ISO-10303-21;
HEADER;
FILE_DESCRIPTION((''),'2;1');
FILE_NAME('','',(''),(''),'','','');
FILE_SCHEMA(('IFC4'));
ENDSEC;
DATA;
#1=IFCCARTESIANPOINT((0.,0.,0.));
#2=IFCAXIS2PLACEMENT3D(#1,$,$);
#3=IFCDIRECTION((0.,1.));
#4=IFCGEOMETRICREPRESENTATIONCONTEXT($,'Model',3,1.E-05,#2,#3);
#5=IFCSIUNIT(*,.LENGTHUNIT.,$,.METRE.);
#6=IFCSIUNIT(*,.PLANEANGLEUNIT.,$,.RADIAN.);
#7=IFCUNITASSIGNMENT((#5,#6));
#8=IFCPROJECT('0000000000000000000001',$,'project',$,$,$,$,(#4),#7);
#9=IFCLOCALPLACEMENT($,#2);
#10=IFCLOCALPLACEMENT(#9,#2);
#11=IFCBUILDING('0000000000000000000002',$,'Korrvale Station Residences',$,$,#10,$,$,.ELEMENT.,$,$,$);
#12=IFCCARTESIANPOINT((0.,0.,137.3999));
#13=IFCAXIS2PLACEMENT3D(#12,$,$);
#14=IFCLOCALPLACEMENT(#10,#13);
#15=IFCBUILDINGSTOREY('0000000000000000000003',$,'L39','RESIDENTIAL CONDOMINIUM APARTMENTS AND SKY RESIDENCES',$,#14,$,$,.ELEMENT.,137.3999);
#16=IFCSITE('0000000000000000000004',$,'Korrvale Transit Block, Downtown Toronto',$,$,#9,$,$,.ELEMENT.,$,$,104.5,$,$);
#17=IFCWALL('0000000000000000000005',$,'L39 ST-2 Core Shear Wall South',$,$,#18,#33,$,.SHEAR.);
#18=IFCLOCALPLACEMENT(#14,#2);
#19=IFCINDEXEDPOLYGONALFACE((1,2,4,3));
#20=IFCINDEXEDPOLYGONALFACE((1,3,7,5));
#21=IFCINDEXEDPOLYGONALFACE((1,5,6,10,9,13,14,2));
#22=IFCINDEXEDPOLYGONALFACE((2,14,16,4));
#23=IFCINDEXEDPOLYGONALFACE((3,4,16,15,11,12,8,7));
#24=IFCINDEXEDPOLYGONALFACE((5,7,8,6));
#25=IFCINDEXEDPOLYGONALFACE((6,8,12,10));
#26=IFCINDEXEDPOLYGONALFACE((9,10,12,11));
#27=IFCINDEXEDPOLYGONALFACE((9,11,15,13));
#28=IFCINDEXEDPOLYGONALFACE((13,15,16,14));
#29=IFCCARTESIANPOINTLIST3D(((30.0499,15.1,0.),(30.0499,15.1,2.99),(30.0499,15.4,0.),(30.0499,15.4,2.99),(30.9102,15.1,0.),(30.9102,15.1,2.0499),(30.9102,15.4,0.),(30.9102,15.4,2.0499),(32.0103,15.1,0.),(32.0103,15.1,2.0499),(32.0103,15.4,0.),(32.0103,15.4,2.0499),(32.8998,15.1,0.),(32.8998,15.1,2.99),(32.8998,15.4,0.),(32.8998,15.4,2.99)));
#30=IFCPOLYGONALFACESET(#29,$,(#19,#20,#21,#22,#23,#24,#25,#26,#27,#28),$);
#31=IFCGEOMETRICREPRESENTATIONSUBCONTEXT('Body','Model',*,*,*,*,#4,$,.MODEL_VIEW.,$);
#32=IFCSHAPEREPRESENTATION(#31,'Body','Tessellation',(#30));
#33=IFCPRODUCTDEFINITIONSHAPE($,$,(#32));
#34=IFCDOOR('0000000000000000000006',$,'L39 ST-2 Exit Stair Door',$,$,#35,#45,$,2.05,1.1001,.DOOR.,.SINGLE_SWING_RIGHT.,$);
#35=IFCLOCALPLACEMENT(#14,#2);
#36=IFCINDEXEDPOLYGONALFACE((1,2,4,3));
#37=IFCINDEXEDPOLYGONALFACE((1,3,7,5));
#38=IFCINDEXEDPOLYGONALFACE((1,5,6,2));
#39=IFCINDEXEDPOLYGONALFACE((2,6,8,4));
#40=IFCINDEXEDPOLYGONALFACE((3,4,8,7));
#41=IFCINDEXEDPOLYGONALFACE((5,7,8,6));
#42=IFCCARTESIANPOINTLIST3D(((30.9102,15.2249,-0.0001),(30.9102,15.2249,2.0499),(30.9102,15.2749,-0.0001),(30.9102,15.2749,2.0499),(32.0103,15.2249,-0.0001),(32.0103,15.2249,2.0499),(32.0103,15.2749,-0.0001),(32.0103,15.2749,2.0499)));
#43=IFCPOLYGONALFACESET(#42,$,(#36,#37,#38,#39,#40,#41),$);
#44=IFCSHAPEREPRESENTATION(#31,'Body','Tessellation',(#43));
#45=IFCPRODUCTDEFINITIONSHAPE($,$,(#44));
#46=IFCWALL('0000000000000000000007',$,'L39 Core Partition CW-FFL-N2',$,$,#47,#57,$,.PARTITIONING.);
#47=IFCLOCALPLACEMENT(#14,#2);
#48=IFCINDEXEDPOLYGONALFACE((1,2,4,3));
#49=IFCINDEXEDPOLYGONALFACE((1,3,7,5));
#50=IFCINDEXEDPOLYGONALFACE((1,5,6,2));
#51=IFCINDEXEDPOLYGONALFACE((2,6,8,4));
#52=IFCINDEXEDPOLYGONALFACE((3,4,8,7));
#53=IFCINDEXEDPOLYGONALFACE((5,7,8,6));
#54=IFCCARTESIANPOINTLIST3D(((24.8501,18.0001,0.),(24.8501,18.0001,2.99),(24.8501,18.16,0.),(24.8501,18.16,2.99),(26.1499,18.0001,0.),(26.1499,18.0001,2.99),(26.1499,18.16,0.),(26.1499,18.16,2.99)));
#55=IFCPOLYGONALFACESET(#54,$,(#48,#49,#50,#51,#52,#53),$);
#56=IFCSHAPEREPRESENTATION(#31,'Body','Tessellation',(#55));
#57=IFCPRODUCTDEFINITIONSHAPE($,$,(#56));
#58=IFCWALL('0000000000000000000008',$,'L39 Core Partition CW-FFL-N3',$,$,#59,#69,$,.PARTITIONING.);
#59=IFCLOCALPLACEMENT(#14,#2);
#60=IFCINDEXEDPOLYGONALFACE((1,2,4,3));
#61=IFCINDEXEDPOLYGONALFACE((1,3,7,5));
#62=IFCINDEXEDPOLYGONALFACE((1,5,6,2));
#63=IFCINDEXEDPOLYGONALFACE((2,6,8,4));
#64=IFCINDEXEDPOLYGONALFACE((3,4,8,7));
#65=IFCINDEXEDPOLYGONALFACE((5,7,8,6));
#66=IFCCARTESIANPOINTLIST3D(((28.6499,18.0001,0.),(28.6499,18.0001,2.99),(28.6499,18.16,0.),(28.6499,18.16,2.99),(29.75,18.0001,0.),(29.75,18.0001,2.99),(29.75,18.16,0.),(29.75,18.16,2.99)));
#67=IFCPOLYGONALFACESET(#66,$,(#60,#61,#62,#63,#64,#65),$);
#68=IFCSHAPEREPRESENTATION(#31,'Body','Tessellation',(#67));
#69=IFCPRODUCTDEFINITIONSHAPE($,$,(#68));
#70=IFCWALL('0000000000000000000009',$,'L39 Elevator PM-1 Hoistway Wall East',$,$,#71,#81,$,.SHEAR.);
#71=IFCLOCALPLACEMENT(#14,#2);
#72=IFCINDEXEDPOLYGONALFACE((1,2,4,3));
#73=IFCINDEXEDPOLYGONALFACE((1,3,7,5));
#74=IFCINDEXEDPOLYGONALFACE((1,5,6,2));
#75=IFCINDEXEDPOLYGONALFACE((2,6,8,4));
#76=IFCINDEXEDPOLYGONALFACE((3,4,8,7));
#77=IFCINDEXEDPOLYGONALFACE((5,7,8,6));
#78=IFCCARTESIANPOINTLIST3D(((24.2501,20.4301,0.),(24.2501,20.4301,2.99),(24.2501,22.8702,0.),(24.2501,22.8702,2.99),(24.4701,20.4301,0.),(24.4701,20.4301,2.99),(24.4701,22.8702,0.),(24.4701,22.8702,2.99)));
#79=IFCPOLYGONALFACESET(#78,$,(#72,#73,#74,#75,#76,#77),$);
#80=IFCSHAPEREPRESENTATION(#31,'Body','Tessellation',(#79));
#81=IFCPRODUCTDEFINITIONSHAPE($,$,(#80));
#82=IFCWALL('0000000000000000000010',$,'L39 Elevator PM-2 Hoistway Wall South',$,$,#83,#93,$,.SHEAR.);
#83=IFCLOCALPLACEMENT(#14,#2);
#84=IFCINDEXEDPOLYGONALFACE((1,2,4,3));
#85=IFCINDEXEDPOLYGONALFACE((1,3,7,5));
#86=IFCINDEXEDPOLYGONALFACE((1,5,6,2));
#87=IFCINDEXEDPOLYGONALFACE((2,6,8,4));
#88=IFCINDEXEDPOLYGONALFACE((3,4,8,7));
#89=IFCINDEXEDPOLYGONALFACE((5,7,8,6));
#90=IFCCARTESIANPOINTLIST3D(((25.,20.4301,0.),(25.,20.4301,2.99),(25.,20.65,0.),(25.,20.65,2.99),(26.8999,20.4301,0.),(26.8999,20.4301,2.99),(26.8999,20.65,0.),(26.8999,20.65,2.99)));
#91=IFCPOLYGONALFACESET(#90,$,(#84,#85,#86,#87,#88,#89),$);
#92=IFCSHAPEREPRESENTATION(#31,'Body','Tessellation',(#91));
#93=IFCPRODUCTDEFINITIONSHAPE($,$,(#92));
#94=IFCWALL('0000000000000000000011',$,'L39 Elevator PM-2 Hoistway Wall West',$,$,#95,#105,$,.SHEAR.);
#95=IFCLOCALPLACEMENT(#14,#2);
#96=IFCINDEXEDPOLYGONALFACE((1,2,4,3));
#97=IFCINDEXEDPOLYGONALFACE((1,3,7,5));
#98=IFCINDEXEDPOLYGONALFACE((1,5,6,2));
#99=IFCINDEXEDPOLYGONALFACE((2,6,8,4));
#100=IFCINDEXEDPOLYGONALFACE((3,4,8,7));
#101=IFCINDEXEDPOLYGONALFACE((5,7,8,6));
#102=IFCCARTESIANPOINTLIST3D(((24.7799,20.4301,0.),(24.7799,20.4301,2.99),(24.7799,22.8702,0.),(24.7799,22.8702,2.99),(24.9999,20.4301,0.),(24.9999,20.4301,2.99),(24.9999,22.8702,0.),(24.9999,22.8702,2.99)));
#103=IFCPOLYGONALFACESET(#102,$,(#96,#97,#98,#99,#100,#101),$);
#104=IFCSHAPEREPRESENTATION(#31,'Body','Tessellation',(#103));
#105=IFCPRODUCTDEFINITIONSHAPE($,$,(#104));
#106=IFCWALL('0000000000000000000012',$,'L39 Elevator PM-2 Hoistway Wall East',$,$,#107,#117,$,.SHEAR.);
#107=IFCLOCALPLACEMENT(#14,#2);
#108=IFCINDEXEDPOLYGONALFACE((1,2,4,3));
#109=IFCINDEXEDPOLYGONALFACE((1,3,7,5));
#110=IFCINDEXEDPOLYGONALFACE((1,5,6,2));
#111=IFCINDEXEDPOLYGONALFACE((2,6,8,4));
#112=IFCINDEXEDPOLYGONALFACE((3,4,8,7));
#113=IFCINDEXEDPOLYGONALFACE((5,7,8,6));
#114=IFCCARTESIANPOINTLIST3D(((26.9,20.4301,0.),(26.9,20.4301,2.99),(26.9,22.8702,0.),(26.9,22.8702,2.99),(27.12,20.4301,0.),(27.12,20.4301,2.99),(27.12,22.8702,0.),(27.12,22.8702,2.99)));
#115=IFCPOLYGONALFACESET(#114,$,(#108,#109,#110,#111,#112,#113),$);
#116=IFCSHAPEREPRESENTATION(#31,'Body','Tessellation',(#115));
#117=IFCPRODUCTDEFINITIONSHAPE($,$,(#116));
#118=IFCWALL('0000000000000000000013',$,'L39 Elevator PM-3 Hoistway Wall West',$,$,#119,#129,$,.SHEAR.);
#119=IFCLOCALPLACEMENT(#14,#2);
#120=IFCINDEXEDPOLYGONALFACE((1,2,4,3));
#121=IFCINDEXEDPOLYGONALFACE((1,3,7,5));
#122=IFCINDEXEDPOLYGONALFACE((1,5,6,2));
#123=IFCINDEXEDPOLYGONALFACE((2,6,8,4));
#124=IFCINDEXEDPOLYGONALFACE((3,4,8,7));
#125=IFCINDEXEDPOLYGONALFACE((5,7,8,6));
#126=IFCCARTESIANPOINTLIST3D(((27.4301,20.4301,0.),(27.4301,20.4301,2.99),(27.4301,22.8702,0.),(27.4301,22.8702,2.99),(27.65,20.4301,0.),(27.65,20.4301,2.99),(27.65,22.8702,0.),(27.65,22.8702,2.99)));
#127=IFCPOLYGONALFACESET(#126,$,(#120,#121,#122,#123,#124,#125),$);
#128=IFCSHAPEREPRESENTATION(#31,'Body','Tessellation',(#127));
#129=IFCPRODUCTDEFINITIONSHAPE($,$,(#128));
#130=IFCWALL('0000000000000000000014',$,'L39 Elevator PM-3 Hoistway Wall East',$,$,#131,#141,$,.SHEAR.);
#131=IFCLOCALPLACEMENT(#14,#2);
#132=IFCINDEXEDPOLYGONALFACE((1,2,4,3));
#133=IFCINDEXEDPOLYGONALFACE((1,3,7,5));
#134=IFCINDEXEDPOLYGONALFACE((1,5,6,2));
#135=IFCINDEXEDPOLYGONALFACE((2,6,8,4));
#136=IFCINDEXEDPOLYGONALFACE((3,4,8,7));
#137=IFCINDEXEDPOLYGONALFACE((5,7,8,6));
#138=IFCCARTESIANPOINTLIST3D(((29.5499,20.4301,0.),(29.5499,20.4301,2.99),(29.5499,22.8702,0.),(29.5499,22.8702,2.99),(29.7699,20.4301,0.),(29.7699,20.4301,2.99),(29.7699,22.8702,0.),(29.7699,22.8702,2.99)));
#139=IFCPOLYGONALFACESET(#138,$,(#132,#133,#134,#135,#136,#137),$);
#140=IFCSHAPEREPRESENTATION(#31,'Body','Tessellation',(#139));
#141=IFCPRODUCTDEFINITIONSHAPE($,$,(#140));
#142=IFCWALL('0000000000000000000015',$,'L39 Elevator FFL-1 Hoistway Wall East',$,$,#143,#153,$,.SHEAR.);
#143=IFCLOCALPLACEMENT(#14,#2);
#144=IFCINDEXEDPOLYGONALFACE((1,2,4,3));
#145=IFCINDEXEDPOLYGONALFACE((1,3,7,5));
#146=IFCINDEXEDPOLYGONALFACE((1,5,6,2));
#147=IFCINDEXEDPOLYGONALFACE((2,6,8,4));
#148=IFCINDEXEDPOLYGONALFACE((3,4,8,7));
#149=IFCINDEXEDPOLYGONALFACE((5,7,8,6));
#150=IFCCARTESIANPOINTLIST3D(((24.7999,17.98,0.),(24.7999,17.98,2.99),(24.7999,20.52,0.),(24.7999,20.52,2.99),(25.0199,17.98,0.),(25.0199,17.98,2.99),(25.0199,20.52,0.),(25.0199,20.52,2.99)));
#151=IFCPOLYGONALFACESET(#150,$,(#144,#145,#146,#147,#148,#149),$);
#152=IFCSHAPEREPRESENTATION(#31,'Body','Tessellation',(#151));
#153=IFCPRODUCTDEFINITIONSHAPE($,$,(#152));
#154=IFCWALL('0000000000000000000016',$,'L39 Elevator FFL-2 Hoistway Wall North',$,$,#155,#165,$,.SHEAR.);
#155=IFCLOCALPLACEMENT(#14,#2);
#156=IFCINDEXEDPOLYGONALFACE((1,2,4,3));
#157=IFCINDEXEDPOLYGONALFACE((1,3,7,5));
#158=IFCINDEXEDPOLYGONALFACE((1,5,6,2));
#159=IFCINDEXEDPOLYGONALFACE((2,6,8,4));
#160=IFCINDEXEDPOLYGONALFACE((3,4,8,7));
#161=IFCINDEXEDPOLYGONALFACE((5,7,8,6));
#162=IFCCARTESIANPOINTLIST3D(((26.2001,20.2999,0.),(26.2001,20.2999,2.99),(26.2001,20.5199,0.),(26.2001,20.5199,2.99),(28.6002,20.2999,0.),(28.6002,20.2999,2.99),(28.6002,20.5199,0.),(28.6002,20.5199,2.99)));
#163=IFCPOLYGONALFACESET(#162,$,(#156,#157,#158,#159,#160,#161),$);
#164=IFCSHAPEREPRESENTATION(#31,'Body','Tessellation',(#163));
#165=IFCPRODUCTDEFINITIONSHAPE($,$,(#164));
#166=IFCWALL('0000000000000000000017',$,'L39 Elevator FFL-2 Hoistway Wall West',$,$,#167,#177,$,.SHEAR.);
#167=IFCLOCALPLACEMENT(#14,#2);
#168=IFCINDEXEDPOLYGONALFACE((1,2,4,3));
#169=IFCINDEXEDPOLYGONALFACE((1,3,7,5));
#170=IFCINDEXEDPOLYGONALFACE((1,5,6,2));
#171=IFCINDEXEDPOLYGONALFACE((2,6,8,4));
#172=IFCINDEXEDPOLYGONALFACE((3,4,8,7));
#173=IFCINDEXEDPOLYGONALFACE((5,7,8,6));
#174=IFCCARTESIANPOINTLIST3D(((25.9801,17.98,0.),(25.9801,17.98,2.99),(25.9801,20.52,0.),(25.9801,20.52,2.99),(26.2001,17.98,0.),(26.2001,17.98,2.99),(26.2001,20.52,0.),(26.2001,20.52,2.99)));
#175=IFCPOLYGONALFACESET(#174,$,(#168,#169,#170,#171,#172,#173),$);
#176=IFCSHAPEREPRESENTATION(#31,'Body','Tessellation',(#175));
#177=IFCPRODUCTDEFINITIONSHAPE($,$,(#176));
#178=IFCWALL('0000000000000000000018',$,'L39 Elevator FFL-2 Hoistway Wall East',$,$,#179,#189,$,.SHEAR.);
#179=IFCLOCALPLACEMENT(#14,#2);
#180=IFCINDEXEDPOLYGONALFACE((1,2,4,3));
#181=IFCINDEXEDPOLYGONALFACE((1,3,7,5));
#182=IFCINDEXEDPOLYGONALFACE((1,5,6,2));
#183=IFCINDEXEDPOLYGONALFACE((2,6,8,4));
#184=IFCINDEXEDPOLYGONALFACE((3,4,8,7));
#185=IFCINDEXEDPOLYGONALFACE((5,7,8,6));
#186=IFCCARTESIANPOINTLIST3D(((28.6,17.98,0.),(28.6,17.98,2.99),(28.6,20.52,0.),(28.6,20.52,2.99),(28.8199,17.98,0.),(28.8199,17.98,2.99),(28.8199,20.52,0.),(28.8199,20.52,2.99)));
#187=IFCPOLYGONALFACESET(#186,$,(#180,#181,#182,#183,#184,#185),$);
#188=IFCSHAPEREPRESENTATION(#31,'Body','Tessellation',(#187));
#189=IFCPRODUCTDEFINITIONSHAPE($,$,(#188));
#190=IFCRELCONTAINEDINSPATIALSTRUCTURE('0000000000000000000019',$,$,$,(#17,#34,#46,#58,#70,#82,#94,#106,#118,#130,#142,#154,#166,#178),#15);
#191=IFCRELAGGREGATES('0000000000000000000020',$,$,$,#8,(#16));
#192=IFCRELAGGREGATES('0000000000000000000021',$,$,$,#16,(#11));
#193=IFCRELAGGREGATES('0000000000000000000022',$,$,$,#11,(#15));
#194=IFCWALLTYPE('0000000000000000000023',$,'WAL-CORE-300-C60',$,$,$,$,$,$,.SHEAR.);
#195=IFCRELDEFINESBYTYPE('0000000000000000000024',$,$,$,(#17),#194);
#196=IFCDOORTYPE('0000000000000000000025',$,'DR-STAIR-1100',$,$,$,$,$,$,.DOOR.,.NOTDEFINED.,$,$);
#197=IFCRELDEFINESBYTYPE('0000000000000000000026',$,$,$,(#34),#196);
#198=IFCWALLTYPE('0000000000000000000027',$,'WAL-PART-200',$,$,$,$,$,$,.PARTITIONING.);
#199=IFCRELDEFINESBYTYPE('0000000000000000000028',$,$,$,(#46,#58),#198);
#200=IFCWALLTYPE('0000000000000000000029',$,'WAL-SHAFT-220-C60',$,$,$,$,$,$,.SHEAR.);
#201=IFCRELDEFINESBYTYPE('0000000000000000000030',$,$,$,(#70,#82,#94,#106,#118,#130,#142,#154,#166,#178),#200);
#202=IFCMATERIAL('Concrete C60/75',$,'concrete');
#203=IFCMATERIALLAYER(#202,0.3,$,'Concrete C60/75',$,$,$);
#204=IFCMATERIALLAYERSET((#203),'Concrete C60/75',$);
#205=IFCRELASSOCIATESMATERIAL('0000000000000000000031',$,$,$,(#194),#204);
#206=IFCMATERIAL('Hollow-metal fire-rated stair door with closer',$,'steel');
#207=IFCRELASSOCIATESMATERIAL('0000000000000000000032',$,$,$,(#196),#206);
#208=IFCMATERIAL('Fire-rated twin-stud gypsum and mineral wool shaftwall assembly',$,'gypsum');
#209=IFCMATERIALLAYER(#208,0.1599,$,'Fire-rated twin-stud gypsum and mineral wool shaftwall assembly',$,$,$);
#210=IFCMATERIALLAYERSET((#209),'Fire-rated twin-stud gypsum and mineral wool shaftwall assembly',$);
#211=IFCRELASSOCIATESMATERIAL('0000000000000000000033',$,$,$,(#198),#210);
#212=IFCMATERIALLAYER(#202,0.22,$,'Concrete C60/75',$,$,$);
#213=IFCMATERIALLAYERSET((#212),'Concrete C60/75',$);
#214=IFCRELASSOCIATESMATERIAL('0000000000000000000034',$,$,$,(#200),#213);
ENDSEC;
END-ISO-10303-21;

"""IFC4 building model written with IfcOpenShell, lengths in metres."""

from ifc_helpers import new_model, si_unit, direction, frame, frame_2d, origin, place, context, subcontext, project, spatial, rectangle, extrude, material, layer, layer_set, type_object, element, fill, save


model = new_model("IFC4")

# Units and contexts
model_context = context("Model", 3, precision=1e-05, world=origin(), true_north=direction((0.0, 1.0)))
body_context = subcontext(model_context, "Body", "Model", "MODEL_VIEW")
ifc_project = project(units=[si_unit("LENGTHUNIT", "METRE"), si_unit("PLANEANGLEUNIT", "RADIAN")], contexts=[model_context])

# Site, building, storey
site_placement = place(None, origin())
site = spatial("IfcSite", under=ifc_project, at=site_placement, Name="Korrvale Transit Block, Downtown Toronto", CompositionType="ELEMENT", RefElevation=104.5)
building_placement = place(site_placement, origin())
building = spatial("IfcBuilding", under=site, at=building_placement, Name="Korrvale Station Residences", CompositionType="ELEMENT")
storey_placement = place(building_placement, frame((0.0, 0.0, 137.3999)))
storey = spatial("IfcBuildingStorey", under=building, at=storey_placement, Name="L39", Description="RESIDENTIAL CONDOMINIUM APARTMENTS AND SKY RESIDENCES", CompositionType="ELEMENT", Elevation=137.3999)

# Wall, opening, door
ifc_material_1 = material(Name="Concrete C60/75", Category="concrete")
ifc_layer_1 = layer(ifc_material_1, 0.3, Name="Concrete C60/75")
ifc_layer_set_1 = layer_set([ifc_layer_1], Name="Concrete C60/75")
wall_type_1 = type_object("IfcWallType", Name="WAL-CORE-300-C60", PredefinedType="SHEAR", material=ifc_layer_set_1)
wall_1_placement = place(storey_placement, frame((30.05, 15.25, 0.0), z_axis=(0.0, 0.0, 1.0), x_axis=(1.0, 0.0, 0.0)))
wall_1 = element("IfcWall", 1, at=wall_1_placement, inside=storey, type_object=wall_type_1, Name="L39 ST-2 Core Shear Wall South", PredefinedType="SHEAR", context=body_context, shape_type="SweptSolid", body=[
    extrude(rectangle(XDim=2.8499, YDim=0.3, at=frame_2d((1.4248, 0.0))), origin(), (0.0, 0.0, 1.0), 2.99),
])
opening_1_placement = place(wall_1_placement, frame((0.8601, 0.0, 0.0)))
opening_1 = element("IfcOpeningElement", 2, at=opening_1_placement, cuts=wall_1, PredefinedType="OPENING", context=body_context, shape_type="SweptSolid", body=[
    extrude(rectangle(XDim=1.1001, YDim=2.05, at=frame_2d((0.55, 1.0249))), frame((0.0, 0.1602, 0.0), z_axis=(0.0, -1.0, 0.0), x_axis=(1.0, 0.0, 0.0)), (0.0, 0.0, 1.0), 0.3201),
])
ifc_material_2 = material(Name="Hollow-metal fire-rated stair door with closer", Category="steel")
door_type_1 = type_object("IfcDoorType", Name="DR-STAIR-1100", OperationType="NOTDEFINED", PredefinedType="DOOR", material=ifc_material_2)
door_1_placement = place(opening_1_placement, origin())
door_1 = element("IfcDoor", 3, at=door_1_placement, inside=storey, type_object=door_type_1, Name="L39 ST-2 Exit Stair Door", OperationType="SINGLE_SWING_RIGHT", OverallHeight=2.05, OverallWidth=1.1001, PredefinedType="DOOR", context=body_context, shape_type="SweptSolid", body=[
    extrude(rectangle(XDim=1.1001, YDim=2.05, at=frame_2d((0.55, 1.0249))), frame((0.0, 0.0249, 0.0), z_axis=(0.0, -1.0, 0.0), x_axis=(1.0, 0.0, 0.0)), (0.0, 0.0, 1.0), 0.05),
])
fill(opening_1, door_1)

# Walls
ifc_material_3 = material(Name="Fire-rated twin-stud gypsum and mineral wool shaftwall assembly", Category="gypsum")
ifc_layer_2 = layer(ifc_material_3, 0.1599, Name="Fire-rated twin-stud gypsum and mineral wool shaftwall assembly")
ifc_layer_set_2 = layer_set([ifc_layer_2], Name="Fire-rated twin-stud gypsum and mineral wool shaftwall assembly")
wall_type_2 = type_object("IfcWallType", Name="WAL-PART-200", PredefinedType="PARTITIONING", material=ifc_layer_set_2)
wall_2_placement = place(storey_placement, frame((24.8501, 18.0801, 0.0), z_axis=(0.0, 0.0, 1.0), x_axis=(1.0, 0.0, 0.0)))
element("IfcWall", 4, at=wall_2_placement, inside=storey, type_object=wall_type_2, Name="L39 Core Partition CW-FFL-N2", PredefinedType="PARTITIONING", context=body_context, shape_type="SweptSolid", body=[
    extrude(rectangle(XDim=1.2998, YDim=0.1599, at=frame_2d((0.6499, 0.0))), origin(), (0.0, 0.0, 1.0), 2.99),
])
wall_3_placement = place(storey_placement, frame((28.6499, 18.0801, 0.0), z_axis=(0.0, 0.0, 1.0), x_axis=(1.0, 0.0, 0.0)))
element("IfcWall", 5, at=wall_3_placement, inside=storey, type_object=wall_type_2, Name="L39 Core Partition CW-FFL-N3", PredefinedType="PARTITIONING", context=body_context, shape_type="SweptSolid", body=[
    extrude(rectangle(XDim=1.1001, YDim=0.1599, at=frame_2d((0.55, 0.0))), origin(), (0.0, 0.0, 1.0), 2.99),
])
ifc_layer_3 = layer(ifc_material_1, 0.22, Name="Concrete C60/75")
ifc_layer_set_3 = layer_set([ifc_layer_3], Name="Concrete C60/75")
wall_type_3 = type_object("IfcWallType", Name="WAL-SHAFT-220-C60", PredefinedType="SHEAR", material=ifc_layer_set_3)
wall_4_placement = place(storey_placement, frame((24.3601, 20.4299, 0.0), z_axis=(0.0, 0.0, 1.0), x_axis=(0.0, 1.0, 0.0)))
element("IfcWall", 6, at=wall_4_placement, inside=storey, type_object=wall_type_3, Name="L39 Elevator PM-1 Hoistway Wall East", PredefinedType="SHEAR", context=body_context, shape_type="SweptSolid", body=[
    extrude(rectangle(XDim=2.4402, YDim=0.22, at=frame_2d((1.2202, 0.0))), origin(), (0.0, 0.0, 1.0), 2.99),
])
wall_5_placement = place(storey_placement, frame((25.0, 20.54, 0.0), z_axis=(0.0, 0.0, 1.0), x_axis=(1.0, 0.0, 0.0)))
element("IfcWall", 7, at=wall_5_placement, inside=storey, type_object=wall_type_3, Name="L39 Elevator PM-2 Hoistway Wall South", PredefinedType="SHEAR", context=body_context, shape_type="SweptSolid", body=[
    extrude(rectangle(XDim=1.8999, YDim=0.22, at=frame_2d((0.95, 0.0))), origin(), (0.0, 0.0, 1.0), 2.99),
])
for number, where, z_axis, x_axis, name in (
    (8, (24.8899, 20.4299, 0.0), (0.0, 0.0, 1.0), (0.0, 1.0, 0.0), "L39 Elevator PM-2 Hoistway Wall West"),
    (9, (27.01, 20.4299, 0.0), (0.0, 0.0, 1.0), (0.0, 1.0, 0.0), "L39 Elevator PM-2 Hoistway Wall East"),
    (10, (27.54, 20.4299, 0.0), (0.0, 0.0, 1.0), (0.0, 1.0, 0.0), "L39 Elevator PM-3 Hoistway Wall West"),
    (11, (29.6599, 20.4299, 0.0), (0.0, 0.0, 1.0), (0.0, 1.0, 0.0), "L39 Elevator PM-3 Hoistway Wall East"),
):
    element("IfcWall", number, at=place(storey_placement, frame(where, z_axis=z_axis, x_axis=x_axis)), inside=storey, type_object=wall_type_3, Name=name, PredefinedType="SHEAR", context=body_context, shape_type="SweptSolid", body=[
        extrude(rectangle(XDim=2.4402, YDim=0.22, at=frame_2d((1.2202, 0.0))), origin(), (0.0, 0.0, 1.0), 2.99),
    ])
wall_6_placement = place(storey_placement, frame((24.9099, 17.98, 0.0), z_axis=(0.0, 0.0, 1.0), x_axis=(0.0, 1.0, 0.0)))
element("IfcWall", 12, at=wall_6_placement, inside=storey, type_object=wall_type_3, Name="L39 Elevator FFL-1 Hoistway Wall East", PredefinedType="SHEAR", context=body_context, shape_type="SweptSolid", body=[
    extrude(rectangle(XDim=2.54, YDim=0.22, at=frame_2d((1.27, 0.0))), origin(), (0.0, 0.0, 1.0), 2.99),
])

# Walls
wall_7_placement = place(storey_placement, frame((26.2, 20.4099, 0.0), z_axis=(0.0, 0.0, 1.0), x_axis=(1.0, 0.0, 0.0)))
element("IfcWall", 13, at=wall_7_placement, inside=storey, type_object=wall_type_3, Name="L39 Elevator FFL-2 Hoistway Wall North", PredefinedType="SHEAR", context=body_context, shape_type="SweptSolid", body=[
    extrude(rectangle(XDim=2.4001, YDim=0.22, at=frame_2d((1.2002, 0.0))), origin(), (0.0, 0.0, 1.0), 2.99),
])
for number, where, z_axis, x_axis, name in (
    (14, (26.0901, 17.98, 0.0), (0.0, 0.0, 1.0), (0.0, 1.0, 0.0), "L39 Elevator FFL-2 Hoistway Wall West"),
    (15, (28.71, 17.98, 0.0), (0.0, 0.0, 1.0), (0.0, 1.0, 0.0), "L39 Elevator FFL-2 Hoistway Wall East"),
):
    element("IfcWall", number, at=place(storey_placement, frame(where, z_axis=z_axis, x_axis=x_axis)), inside=storey, type_object=wall_type_3, Name=name, PredefinedType="SHEAR", context=body_context, shape_type="SweptSolid", body=[
        extrude(rectangle(XDim=2.54, YDim=0.22, at=frame_2d((1.27, 0.0))), origin(), (0.0, 0.0, 1.0), 2.99),
    ])

save(model, "model.ifc")
